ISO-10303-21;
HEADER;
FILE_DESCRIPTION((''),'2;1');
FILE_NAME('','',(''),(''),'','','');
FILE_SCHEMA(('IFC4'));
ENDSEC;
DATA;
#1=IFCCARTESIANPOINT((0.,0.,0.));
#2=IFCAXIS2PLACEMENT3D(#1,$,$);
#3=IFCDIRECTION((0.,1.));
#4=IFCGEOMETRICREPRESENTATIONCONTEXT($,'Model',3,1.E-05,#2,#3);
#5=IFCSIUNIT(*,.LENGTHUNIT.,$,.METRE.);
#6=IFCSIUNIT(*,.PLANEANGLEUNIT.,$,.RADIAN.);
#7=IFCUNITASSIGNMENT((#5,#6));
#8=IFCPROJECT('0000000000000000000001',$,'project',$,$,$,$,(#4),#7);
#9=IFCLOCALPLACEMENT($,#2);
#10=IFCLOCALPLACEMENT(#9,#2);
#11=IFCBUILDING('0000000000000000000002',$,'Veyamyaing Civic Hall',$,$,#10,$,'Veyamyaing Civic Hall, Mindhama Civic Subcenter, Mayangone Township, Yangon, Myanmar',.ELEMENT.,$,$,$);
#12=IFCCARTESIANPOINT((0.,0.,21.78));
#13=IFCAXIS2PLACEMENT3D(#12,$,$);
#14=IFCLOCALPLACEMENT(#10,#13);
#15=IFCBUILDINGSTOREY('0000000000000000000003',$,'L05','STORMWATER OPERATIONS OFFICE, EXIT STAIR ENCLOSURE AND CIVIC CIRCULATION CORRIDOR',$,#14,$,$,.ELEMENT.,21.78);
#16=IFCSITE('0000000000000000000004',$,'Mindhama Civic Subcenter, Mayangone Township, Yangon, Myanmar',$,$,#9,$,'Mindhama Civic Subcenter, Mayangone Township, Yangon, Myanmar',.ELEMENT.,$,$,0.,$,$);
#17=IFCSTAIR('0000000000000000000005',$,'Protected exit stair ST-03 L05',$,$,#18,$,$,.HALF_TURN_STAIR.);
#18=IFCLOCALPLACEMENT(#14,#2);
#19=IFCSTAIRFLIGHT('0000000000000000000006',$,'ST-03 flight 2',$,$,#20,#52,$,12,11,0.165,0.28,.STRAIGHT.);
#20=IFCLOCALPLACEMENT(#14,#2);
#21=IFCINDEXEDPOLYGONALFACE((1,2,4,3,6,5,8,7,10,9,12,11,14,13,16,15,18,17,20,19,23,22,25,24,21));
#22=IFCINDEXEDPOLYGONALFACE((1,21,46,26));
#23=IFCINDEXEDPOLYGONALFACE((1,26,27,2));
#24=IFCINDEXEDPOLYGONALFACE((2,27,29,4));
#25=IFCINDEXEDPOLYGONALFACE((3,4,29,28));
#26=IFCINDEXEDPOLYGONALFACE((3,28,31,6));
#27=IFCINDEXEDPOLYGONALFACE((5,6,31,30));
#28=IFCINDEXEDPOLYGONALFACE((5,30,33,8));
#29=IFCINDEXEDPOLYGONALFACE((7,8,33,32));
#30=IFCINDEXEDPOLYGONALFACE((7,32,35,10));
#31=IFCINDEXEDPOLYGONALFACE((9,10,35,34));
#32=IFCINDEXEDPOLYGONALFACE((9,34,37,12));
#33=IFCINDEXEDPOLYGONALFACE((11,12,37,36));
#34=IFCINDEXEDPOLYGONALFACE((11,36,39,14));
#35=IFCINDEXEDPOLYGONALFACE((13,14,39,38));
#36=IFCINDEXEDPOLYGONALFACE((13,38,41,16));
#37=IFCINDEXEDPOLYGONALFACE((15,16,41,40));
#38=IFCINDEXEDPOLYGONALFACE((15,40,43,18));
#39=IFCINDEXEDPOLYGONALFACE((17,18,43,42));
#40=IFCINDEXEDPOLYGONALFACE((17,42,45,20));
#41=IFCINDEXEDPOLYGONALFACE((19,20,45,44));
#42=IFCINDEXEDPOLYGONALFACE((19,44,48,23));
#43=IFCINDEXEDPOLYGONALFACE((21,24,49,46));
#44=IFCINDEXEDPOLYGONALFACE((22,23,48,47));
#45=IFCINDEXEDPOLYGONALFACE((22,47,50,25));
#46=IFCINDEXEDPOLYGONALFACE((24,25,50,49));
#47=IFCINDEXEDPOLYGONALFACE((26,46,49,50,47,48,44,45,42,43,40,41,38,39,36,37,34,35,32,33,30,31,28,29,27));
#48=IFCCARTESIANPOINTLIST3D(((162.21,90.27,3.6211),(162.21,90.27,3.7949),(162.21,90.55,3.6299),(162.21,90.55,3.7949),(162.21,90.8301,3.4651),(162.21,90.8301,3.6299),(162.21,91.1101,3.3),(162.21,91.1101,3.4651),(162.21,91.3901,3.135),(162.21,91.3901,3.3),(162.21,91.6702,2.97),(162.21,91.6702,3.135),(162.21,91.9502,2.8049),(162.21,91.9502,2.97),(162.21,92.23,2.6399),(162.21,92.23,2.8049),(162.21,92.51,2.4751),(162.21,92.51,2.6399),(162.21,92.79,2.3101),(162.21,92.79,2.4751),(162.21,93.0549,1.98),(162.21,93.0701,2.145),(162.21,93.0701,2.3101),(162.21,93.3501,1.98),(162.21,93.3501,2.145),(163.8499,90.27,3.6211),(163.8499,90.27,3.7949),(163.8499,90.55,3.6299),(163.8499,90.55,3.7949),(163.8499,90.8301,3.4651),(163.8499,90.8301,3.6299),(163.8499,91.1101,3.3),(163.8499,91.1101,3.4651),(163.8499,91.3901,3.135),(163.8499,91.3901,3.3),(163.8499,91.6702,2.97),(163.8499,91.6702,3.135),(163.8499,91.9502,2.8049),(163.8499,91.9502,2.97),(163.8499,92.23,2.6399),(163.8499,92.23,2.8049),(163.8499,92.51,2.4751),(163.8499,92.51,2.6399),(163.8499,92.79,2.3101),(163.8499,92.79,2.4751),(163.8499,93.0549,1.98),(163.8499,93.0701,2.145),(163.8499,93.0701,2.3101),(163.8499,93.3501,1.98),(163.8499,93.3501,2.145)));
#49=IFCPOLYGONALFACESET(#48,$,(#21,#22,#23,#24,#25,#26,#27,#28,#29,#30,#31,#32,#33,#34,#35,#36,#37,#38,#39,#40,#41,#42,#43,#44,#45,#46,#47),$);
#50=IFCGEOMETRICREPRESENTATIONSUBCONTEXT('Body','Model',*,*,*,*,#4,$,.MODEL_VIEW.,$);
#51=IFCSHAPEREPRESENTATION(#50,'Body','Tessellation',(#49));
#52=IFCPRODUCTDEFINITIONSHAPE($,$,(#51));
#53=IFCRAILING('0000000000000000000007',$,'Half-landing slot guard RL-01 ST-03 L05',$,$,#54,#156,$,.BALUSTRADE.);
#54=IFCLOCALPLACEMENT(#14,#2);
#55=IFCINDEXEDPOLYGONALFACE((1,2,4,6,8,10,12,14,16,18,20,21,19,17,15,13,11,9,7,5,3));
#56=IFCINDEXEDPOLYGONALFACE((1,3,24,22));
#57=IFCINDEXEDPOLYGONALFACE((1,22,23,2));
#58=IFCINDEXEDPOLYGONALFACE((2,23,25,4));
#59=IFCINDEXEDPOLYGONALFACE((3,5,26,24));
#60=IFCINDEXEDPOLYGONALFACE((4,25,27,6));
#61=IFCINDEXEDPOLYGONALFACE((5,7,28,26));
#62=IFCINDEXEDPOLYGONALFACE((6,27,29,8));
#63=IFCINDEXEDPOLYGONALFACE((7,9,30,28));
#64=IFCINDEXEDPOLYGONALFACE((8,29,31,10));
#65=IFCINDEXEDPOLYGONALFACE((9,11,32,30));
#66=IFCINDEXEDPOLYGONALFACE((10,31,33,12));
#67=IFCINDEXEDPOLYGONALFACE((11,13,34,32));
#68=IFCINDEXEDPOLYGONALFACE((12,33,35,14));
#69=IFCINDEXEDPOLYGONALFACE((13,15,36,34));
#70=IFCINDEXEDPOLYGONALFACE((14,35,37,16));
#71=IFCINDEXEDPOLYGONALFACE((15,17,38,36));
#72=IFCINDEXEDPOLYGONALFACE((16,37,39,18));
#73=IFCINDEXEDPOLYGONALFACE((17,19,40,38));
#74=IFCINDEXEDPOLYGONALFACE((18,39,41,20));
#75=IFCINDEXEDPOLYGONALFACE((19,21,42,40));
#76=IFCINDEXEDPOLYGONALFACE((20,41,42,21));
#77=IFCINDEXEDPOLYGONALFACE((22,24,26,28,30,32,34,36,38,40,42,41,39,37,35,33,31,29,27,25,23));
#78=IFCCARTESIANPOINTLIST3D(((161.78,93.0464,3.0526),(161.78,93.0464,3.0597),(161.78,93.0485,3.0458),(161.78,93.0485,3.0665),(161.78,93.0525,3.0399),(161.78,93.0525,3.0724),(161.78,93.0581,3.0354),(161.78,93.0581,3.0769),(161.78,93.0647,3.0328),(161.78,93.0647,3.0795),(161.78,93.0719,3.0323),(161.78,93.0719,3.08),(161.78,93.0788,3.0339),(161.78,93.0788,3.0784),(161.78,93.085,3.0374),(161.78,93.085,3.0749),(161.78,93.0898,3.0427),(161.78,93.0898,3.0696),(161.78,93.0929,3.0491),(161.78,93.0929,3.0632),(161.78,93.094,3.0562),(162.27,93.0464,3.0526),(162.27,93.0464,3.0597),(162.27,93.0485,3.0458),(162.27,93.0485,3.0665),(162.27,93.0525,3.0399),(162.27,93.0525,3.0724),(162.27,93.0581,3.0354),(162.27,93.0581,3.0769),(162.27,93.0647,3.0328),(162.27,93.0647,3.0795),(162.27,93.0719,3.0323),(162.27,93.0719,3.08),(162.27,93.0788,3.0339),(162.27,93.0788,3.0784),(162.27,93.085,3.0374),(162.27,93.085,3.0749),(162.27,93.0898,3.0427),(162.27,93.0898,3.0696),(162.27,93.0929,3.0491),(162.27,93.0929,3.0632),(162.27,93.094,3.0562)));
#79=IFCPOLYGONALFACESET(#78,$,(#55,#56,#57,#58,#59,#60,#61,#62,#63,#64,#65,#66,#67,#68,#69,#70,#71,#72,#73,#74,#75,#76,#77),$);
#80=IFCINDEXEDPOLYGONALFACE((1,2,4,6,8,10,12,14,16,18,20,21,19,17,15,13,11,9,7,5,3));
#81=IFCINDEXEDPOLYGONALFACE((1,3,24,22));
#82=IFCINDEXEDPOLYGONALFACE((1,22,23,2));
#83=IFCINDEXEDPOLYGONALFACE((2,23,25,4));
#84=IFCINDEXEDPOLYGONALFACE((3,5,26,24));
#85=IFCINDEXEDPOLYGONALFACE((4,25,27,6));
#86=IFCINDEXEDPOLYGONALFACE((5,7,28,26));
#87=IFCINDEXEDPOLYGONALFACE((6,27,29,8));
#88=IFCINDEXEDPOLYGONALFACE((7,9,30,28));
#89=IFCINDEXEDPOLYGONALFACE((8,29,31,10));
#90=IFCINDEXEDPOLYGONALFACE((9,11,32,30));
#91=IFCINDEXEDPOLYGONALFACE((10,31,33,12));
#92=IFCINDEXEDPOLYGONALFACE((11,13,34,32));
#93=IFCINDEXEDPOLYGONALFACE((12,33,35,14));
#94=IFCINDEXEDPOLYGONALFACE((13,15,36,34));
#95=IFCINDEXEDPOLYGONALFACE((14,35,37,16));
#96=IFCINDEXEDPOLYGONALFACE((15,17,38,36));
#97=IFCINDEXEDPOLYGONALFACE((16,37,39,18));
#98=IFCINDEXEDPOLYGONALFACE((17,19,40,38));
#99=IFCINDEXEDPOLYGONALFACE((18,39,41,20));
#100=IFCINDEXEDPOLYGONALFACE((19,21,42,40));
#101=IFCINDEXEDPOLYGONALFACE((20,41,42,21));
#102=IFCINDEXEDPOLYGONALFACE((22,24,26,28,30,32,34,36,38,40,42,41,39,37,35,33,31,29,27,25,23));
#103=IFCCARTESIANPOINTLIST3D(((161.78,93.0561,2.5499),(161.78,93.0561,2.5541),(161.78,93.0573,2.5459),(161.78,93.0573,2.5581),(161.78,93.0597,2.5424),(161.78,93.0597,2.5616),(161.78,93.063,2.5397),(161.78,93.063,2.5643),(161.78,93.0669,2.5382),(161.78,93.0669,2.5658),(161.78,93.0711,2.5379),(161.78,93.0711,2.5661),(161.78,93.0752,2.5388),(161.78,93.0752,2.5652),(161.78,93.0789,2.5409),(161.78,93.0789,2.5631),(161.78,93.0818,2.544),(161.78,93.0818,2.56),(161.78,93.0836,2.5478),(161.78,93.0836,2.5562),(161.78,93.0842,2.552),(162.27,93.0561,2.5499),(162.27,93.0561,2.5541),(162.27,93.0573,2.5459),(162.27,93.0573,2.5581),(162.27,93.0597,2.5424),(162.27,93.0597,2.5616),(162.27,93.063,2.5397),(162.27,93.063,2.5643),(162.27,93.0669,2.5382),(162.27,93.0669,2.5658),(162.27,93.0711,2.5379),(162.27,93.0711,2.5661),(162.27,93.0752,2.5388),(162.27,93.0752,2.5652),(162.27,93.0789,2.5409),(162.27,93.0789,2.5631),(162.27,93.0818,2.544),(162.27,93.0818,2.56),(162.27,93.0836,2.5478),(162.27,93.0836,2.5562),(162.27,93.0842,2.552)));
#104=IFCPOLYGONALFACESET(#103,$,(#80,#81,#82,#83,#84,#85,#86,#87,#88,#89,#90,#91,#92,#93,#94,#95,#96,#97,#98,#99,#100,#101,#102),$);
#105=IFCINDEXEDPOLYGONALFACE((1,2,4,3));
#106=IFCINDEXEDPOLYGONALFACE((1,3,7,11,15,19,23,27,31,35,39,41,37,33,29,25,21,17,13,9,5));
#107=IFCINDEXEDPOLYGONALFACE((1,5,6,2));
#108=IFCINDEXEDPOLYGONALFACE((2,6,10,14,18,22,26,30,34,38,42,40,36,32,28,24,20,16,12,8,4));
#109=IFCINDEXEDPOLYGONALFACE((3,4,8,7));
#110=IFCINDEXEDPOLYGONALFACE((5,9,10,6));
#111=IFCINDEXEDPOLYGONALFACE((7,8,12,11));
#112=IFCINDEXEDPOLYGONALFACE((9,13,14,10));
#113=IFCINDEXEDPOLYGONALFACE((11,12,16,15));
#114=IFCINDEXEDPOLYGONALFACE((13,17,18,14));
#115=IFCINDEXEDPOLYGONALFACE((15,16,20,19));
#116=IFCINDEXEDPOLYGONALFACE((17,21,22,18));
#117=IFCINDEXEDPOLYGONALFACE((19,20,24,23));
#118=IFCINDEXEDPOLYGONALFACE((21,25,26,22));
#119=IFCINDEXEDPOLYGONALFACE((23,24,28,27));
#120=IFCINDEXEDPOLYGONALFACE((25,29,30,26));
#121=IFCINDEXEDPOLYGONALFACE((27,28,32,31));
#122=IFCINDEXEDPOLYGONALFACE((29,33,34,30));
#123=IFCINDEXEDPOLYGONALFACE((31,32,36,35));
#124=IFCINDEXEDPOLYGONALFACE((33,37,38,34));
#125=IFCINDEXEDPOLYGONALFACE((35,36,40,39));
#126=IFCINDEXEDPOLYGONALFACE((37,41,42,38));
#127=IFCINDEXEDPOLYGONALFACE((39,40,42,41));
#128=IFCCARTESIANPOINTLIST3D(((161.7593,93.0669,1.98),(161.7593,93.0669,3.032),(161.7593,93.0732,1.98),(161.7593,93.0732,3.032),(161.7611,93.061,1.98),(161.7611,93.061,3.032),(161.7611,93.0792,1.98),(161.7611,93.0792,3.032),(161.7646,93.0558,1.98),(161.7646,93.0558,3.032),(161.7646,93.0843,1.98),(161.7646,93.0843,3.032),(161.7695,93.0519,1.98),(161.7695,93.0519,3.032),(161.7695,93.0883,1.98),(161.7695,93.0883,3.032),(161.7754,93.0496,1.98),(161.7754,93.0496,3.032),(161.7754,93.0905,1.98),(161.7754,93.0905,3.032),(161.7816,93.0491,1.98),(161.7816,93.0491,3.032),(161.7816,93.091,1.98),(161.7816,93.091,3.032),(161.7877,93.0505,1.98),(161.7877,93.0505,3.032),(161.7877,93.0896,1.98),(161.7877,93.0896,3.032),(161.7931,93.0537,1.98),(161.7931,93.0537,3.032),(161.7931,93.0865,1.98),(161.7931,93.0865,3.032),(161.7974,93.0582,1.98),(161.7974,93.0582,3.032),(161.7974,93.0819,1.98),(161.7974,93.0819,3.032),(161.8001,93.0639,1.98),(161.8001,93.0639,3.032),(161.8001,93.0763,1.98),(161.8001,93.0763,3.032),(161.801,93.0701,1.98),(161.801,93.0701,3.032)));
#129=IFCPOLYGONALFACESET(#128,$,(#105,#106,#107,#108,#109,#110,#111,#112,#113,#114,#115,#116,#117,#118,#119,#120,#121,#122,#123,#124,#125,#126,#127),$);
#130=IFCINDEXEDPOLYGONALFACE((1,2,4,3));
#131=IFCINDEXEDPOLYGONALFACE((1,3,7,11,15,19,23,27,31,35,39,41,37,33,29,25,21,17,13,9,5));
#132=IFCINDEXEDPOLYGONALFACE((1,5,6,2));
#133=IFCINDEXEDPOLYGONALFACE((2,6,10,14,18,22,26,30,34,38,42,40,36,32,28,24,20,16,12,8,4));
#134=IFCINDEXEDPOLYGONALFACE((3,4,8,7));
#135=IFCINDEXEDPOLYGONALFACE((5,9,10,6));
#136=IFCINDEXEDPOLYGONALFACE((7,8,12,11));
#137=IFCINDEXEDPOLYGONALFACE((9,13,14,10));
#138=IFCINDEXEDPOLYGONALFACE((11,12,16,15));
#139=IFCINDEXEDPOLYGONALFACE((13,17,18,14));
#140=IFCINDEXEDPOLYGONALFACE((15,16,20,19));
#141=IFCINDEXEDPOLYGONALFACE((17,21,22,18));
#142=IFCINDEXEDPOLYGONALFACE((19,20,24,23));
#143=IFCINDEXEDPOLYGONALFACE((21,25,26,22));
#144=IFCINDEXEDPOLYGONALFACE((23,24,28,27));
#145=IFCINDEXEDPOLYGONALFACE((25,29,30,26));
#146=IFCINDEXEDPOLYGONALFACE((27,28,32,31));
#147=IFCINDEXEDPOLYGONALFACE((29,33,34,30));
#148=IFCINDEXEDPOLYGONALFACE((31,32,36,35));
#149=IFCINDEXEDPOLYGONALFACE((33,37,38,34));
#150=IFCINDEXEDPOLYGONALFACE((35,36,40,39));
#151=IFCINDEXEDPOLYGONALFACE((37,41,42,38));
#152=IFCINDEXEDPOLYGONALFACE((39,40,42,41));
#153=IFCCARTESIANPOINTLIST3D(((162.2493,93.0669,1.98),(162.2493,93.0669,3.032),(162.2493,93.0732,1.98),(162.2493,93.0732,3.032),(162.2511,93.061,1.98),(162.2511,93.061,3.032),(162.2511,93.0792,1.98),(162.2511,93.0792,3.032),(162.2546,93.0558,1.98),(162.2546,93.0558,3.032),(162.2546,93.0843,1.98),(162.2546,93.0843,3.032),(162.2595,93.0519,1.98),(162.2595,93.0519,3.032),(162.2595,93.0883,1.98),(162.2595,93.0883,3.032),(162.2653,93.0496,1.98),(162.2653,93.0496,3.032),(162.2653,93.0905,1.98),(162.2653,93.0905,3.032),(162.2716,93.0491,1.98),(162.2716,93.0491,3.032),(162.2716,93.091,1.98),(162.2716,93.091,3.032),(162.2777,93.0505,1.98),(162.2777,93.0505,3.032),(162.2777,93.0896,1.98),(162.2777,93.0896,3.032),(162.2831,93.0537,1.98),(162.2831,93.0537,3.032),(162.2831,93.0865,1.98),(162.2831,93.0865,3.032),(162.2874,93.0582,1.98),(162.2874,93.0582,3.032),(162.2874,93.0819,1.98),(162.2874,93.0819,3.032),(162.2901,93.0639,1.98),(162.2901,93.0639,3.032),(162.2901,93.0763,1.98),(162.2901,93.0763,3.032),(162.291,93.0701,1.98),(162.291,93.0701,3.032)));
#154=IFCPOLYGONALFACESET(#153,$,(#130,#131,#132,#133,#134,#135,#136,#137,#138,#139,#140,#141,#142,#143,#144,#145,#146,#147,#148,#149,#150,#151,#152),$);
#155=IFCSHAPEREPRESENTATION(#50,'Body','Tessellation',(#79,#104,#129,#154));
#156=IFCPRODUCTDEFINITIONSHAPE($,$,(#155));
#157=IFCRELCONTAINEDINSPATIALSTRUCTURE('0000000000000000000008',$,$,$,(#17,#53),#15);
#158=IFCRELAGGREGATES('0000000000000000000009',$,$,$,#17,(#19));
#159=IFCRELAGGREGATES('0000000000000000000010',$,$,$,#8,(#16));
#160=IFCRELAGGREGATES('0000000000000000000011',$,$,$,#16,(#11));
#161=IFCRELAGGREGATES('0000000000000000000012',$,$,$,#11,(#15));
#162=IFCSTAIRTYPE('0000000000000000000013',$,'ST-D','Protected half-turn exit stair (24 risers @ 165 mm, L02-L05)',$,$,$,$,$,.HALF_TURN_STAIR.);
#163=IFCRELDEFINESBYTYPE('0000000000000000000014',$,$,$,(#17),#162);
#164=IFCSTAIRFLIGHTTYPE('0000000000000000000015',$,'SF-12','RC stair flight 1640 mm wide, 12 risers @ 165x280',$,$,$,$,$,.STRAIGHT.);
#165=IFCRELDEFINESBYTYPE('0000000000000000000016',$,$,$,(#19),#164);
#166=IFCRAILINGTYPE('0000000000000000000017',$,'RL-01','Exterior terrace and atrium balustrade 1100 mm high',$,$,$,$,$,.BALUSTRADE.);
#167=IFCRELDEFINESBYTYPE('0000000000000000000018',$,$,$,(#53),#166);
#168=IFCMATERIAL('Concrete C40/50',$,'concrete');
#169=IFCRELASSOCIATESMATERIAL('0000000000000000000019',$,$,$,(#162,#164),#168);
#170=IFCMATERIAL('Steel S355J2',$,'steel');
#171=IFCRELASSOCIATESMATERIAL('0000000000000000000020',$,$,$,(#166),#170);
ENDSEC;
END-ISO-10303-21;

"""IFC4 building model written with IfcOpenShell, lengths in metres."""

from ifc_helpers import new_model, si_unit, direction, frame, origin, origin_2d, place, context, subcontext, project, spatial, polyline, circle, outline, extrude, material, type_object, element, aggregate, save


model = new_model("IFC4")

# Units and contexts
model_context = context("Model", 3, precision=1e-05, world=origin(), true_north=direction((0.0, 1.0)))
body_context = subcontext(model_context, "Body", "Model", "MODEL_VIEW")
ifc_project = project(units=[si_unit("LENGTHUNIT", "METRE"), si_unit("PLANEANGLEUNIT", "RADIAN")], contexts=[model_context])

# Site, building, storey
site_placement = place(None, origin())
site = spatial("IfcSite", under=ifc_project, at=site_placement, Name="Mindhama Civic Subcenter, Mayangone Township, Yangon, Myanmar", LongName="Mindhama Civic Subcenter, Mayangone Township, Yangon, Myanmar", CompositionType="ELEMENT", RefElevation=0.0)
building_placement = place(site_placement, origin())
building = spatial("IfcBuilding", under=site, at=building_placement, Name="Veyamyaing Civic Hall", LongName="Veyamyaing Civic Hall, Mindhama Civic Subcenter, Mayangone Township, Yangon, Myanmar", CompositionType="ELEMENT")
storey_placement = place(building_placement, frame((0.0, 0.0, 21.78)))
storey = spatial("IfcBuildingStorey", under=building, at=storey_placement, Name="L05", Description="STORMWATER OPERATIONS OFFICE, EXIT STAIR ENCLOSURE AND CIVIC CIRCULATION CORRIDOR", CompositionType="ELEMENT", Elevation=21.78)

# Shared definitions
ifc_material_1 = material(Name="Concrete C40/50", Category="concrete")

# Stair, stair flight
stair_type = type_object("IfcStairType", Name="ST-D", Description="Protected half-turn exit stair (24 risers @ 165 mm, L02-L05)", PredefinedType="HALF_TURN_STAIR", material=ifc_material_1)
stair_placement = place(storey_placement, origin())
stair = element("IfcStair", 1, at=stair_placement, inside=storey, type_object=stair_type, Name="Protected exit stair ST-03 L05", PredefinedType="HALF_TURN_STAIR")
stair_flight_type = type_object("IfcStairFlightType", Name="SF-12", Description="RC stair flight 1640 mm wide, 12 risers @ 165x280", PredefinedType="STRAIGHT", material=ifc_material_1)
stair_flight_1_placement = place(storey_placement, frame((163.03, 93.3501, 1.98), z_axis=(0.0, 0.0, 1.0), x_axis=(0.0, -1.0, 0.0)))
stair_flight_1 = element("IfcStairFlight", 2, at=stair_flight_1_placement, type_object=stair_flight_type, Name="ST-03 flight 2", NumberOfRisers=12, NumberOfTreads=11, PredefinedType="STRAIGHT", RiserHeight=0.165, TreadLength=0.28, context=body_context, shape_type="SweptSolid", body=[
    extrude(outline(polyline([(0.0, 0.0), (0.0, 0.165), (0.28, 0.165), (0.28, 0.3301), (0.5601, 0.3301), (0.5601, 0.4951), (0.8401, 0.4951), (0.8401, 0.6599), (1.1201, 0.6599), (1.1201, 0.825), (1.3999, 0.825), (1.3999, 0.99), (1.6799, 0.99), (1.6799, 1.155), (1.96, 1.155), (1.96, 1.3201), (2.24, 1.3201), (2.24, 1.4851), (2.52, 1.4851), (2.52, 1.6499), (2.8, 1.6499), (2.8, 1.8149), (3.0801, 1.8149), (3.0801, 1.98), (3.0801, 1.6411), (0.2952, 0.0), (0.0, 0.0)])), frame((0.0, 0.8198, 0.0), z_axis=(0.0, -1.0, 0.0), x_axis=(1.0, 0.0, 0.0)), (0.0, 0.0, 1.0), 1.6399),
])
aggregate(stair, [stair_flight_1])

# Railing
ifc_material_2 = material(Name="Steel S355J2", Category="steel")
railing_type_1 = type_object("IfcRailingType", Name="RL-01", Description="Exterior terrace and atrium balustrade 1100 mm high", PredefinedType="BALUSTRADE", material=ifc_material_2)
railing_1_placement = place(storey_placement, frame((161.78, 93.0701, 1.98)))
element("IfcRailing", 3, at=railing_1_placement, inside=storey, type_object=railing_type_1, Name="Half-landing slot guard RL-01 ST-03 L05", PredefinedType="BALUSTRADE", context=body_context, shape_type="SweptSolid", body=[
    extrude(circle(Radius=0.0239, at=origin_2d()), frame((0.0, 0.0, 1.0762), z_axis=(1.0, 0.0, 0.0), x_axis=(0.0, 1.0, 0.0)), (0.0, 0.0, 1.0), 0.49),
    extrude(circle(Radius=0.0142, at=origin_2d()), frame((0.0, 0.0, 0.572), z_axis=(1.0, 0.0, 0.0), x_axis=(0.0, 1.0, 0.0)), (0.0, 0.0, 1.0), 0.49),
    extrude(circle(Radius=0.021, at=origin_2d()), origin(), (0.0, 0.0, 1.0), 1.052),
    extrude(circle(Radius=0.021, at=origin_2d()), frame((0.49, 0.0, 0.0)), (0.0, 0.0, 1.0), 1.052),
])

save(model, "model.ifc")
